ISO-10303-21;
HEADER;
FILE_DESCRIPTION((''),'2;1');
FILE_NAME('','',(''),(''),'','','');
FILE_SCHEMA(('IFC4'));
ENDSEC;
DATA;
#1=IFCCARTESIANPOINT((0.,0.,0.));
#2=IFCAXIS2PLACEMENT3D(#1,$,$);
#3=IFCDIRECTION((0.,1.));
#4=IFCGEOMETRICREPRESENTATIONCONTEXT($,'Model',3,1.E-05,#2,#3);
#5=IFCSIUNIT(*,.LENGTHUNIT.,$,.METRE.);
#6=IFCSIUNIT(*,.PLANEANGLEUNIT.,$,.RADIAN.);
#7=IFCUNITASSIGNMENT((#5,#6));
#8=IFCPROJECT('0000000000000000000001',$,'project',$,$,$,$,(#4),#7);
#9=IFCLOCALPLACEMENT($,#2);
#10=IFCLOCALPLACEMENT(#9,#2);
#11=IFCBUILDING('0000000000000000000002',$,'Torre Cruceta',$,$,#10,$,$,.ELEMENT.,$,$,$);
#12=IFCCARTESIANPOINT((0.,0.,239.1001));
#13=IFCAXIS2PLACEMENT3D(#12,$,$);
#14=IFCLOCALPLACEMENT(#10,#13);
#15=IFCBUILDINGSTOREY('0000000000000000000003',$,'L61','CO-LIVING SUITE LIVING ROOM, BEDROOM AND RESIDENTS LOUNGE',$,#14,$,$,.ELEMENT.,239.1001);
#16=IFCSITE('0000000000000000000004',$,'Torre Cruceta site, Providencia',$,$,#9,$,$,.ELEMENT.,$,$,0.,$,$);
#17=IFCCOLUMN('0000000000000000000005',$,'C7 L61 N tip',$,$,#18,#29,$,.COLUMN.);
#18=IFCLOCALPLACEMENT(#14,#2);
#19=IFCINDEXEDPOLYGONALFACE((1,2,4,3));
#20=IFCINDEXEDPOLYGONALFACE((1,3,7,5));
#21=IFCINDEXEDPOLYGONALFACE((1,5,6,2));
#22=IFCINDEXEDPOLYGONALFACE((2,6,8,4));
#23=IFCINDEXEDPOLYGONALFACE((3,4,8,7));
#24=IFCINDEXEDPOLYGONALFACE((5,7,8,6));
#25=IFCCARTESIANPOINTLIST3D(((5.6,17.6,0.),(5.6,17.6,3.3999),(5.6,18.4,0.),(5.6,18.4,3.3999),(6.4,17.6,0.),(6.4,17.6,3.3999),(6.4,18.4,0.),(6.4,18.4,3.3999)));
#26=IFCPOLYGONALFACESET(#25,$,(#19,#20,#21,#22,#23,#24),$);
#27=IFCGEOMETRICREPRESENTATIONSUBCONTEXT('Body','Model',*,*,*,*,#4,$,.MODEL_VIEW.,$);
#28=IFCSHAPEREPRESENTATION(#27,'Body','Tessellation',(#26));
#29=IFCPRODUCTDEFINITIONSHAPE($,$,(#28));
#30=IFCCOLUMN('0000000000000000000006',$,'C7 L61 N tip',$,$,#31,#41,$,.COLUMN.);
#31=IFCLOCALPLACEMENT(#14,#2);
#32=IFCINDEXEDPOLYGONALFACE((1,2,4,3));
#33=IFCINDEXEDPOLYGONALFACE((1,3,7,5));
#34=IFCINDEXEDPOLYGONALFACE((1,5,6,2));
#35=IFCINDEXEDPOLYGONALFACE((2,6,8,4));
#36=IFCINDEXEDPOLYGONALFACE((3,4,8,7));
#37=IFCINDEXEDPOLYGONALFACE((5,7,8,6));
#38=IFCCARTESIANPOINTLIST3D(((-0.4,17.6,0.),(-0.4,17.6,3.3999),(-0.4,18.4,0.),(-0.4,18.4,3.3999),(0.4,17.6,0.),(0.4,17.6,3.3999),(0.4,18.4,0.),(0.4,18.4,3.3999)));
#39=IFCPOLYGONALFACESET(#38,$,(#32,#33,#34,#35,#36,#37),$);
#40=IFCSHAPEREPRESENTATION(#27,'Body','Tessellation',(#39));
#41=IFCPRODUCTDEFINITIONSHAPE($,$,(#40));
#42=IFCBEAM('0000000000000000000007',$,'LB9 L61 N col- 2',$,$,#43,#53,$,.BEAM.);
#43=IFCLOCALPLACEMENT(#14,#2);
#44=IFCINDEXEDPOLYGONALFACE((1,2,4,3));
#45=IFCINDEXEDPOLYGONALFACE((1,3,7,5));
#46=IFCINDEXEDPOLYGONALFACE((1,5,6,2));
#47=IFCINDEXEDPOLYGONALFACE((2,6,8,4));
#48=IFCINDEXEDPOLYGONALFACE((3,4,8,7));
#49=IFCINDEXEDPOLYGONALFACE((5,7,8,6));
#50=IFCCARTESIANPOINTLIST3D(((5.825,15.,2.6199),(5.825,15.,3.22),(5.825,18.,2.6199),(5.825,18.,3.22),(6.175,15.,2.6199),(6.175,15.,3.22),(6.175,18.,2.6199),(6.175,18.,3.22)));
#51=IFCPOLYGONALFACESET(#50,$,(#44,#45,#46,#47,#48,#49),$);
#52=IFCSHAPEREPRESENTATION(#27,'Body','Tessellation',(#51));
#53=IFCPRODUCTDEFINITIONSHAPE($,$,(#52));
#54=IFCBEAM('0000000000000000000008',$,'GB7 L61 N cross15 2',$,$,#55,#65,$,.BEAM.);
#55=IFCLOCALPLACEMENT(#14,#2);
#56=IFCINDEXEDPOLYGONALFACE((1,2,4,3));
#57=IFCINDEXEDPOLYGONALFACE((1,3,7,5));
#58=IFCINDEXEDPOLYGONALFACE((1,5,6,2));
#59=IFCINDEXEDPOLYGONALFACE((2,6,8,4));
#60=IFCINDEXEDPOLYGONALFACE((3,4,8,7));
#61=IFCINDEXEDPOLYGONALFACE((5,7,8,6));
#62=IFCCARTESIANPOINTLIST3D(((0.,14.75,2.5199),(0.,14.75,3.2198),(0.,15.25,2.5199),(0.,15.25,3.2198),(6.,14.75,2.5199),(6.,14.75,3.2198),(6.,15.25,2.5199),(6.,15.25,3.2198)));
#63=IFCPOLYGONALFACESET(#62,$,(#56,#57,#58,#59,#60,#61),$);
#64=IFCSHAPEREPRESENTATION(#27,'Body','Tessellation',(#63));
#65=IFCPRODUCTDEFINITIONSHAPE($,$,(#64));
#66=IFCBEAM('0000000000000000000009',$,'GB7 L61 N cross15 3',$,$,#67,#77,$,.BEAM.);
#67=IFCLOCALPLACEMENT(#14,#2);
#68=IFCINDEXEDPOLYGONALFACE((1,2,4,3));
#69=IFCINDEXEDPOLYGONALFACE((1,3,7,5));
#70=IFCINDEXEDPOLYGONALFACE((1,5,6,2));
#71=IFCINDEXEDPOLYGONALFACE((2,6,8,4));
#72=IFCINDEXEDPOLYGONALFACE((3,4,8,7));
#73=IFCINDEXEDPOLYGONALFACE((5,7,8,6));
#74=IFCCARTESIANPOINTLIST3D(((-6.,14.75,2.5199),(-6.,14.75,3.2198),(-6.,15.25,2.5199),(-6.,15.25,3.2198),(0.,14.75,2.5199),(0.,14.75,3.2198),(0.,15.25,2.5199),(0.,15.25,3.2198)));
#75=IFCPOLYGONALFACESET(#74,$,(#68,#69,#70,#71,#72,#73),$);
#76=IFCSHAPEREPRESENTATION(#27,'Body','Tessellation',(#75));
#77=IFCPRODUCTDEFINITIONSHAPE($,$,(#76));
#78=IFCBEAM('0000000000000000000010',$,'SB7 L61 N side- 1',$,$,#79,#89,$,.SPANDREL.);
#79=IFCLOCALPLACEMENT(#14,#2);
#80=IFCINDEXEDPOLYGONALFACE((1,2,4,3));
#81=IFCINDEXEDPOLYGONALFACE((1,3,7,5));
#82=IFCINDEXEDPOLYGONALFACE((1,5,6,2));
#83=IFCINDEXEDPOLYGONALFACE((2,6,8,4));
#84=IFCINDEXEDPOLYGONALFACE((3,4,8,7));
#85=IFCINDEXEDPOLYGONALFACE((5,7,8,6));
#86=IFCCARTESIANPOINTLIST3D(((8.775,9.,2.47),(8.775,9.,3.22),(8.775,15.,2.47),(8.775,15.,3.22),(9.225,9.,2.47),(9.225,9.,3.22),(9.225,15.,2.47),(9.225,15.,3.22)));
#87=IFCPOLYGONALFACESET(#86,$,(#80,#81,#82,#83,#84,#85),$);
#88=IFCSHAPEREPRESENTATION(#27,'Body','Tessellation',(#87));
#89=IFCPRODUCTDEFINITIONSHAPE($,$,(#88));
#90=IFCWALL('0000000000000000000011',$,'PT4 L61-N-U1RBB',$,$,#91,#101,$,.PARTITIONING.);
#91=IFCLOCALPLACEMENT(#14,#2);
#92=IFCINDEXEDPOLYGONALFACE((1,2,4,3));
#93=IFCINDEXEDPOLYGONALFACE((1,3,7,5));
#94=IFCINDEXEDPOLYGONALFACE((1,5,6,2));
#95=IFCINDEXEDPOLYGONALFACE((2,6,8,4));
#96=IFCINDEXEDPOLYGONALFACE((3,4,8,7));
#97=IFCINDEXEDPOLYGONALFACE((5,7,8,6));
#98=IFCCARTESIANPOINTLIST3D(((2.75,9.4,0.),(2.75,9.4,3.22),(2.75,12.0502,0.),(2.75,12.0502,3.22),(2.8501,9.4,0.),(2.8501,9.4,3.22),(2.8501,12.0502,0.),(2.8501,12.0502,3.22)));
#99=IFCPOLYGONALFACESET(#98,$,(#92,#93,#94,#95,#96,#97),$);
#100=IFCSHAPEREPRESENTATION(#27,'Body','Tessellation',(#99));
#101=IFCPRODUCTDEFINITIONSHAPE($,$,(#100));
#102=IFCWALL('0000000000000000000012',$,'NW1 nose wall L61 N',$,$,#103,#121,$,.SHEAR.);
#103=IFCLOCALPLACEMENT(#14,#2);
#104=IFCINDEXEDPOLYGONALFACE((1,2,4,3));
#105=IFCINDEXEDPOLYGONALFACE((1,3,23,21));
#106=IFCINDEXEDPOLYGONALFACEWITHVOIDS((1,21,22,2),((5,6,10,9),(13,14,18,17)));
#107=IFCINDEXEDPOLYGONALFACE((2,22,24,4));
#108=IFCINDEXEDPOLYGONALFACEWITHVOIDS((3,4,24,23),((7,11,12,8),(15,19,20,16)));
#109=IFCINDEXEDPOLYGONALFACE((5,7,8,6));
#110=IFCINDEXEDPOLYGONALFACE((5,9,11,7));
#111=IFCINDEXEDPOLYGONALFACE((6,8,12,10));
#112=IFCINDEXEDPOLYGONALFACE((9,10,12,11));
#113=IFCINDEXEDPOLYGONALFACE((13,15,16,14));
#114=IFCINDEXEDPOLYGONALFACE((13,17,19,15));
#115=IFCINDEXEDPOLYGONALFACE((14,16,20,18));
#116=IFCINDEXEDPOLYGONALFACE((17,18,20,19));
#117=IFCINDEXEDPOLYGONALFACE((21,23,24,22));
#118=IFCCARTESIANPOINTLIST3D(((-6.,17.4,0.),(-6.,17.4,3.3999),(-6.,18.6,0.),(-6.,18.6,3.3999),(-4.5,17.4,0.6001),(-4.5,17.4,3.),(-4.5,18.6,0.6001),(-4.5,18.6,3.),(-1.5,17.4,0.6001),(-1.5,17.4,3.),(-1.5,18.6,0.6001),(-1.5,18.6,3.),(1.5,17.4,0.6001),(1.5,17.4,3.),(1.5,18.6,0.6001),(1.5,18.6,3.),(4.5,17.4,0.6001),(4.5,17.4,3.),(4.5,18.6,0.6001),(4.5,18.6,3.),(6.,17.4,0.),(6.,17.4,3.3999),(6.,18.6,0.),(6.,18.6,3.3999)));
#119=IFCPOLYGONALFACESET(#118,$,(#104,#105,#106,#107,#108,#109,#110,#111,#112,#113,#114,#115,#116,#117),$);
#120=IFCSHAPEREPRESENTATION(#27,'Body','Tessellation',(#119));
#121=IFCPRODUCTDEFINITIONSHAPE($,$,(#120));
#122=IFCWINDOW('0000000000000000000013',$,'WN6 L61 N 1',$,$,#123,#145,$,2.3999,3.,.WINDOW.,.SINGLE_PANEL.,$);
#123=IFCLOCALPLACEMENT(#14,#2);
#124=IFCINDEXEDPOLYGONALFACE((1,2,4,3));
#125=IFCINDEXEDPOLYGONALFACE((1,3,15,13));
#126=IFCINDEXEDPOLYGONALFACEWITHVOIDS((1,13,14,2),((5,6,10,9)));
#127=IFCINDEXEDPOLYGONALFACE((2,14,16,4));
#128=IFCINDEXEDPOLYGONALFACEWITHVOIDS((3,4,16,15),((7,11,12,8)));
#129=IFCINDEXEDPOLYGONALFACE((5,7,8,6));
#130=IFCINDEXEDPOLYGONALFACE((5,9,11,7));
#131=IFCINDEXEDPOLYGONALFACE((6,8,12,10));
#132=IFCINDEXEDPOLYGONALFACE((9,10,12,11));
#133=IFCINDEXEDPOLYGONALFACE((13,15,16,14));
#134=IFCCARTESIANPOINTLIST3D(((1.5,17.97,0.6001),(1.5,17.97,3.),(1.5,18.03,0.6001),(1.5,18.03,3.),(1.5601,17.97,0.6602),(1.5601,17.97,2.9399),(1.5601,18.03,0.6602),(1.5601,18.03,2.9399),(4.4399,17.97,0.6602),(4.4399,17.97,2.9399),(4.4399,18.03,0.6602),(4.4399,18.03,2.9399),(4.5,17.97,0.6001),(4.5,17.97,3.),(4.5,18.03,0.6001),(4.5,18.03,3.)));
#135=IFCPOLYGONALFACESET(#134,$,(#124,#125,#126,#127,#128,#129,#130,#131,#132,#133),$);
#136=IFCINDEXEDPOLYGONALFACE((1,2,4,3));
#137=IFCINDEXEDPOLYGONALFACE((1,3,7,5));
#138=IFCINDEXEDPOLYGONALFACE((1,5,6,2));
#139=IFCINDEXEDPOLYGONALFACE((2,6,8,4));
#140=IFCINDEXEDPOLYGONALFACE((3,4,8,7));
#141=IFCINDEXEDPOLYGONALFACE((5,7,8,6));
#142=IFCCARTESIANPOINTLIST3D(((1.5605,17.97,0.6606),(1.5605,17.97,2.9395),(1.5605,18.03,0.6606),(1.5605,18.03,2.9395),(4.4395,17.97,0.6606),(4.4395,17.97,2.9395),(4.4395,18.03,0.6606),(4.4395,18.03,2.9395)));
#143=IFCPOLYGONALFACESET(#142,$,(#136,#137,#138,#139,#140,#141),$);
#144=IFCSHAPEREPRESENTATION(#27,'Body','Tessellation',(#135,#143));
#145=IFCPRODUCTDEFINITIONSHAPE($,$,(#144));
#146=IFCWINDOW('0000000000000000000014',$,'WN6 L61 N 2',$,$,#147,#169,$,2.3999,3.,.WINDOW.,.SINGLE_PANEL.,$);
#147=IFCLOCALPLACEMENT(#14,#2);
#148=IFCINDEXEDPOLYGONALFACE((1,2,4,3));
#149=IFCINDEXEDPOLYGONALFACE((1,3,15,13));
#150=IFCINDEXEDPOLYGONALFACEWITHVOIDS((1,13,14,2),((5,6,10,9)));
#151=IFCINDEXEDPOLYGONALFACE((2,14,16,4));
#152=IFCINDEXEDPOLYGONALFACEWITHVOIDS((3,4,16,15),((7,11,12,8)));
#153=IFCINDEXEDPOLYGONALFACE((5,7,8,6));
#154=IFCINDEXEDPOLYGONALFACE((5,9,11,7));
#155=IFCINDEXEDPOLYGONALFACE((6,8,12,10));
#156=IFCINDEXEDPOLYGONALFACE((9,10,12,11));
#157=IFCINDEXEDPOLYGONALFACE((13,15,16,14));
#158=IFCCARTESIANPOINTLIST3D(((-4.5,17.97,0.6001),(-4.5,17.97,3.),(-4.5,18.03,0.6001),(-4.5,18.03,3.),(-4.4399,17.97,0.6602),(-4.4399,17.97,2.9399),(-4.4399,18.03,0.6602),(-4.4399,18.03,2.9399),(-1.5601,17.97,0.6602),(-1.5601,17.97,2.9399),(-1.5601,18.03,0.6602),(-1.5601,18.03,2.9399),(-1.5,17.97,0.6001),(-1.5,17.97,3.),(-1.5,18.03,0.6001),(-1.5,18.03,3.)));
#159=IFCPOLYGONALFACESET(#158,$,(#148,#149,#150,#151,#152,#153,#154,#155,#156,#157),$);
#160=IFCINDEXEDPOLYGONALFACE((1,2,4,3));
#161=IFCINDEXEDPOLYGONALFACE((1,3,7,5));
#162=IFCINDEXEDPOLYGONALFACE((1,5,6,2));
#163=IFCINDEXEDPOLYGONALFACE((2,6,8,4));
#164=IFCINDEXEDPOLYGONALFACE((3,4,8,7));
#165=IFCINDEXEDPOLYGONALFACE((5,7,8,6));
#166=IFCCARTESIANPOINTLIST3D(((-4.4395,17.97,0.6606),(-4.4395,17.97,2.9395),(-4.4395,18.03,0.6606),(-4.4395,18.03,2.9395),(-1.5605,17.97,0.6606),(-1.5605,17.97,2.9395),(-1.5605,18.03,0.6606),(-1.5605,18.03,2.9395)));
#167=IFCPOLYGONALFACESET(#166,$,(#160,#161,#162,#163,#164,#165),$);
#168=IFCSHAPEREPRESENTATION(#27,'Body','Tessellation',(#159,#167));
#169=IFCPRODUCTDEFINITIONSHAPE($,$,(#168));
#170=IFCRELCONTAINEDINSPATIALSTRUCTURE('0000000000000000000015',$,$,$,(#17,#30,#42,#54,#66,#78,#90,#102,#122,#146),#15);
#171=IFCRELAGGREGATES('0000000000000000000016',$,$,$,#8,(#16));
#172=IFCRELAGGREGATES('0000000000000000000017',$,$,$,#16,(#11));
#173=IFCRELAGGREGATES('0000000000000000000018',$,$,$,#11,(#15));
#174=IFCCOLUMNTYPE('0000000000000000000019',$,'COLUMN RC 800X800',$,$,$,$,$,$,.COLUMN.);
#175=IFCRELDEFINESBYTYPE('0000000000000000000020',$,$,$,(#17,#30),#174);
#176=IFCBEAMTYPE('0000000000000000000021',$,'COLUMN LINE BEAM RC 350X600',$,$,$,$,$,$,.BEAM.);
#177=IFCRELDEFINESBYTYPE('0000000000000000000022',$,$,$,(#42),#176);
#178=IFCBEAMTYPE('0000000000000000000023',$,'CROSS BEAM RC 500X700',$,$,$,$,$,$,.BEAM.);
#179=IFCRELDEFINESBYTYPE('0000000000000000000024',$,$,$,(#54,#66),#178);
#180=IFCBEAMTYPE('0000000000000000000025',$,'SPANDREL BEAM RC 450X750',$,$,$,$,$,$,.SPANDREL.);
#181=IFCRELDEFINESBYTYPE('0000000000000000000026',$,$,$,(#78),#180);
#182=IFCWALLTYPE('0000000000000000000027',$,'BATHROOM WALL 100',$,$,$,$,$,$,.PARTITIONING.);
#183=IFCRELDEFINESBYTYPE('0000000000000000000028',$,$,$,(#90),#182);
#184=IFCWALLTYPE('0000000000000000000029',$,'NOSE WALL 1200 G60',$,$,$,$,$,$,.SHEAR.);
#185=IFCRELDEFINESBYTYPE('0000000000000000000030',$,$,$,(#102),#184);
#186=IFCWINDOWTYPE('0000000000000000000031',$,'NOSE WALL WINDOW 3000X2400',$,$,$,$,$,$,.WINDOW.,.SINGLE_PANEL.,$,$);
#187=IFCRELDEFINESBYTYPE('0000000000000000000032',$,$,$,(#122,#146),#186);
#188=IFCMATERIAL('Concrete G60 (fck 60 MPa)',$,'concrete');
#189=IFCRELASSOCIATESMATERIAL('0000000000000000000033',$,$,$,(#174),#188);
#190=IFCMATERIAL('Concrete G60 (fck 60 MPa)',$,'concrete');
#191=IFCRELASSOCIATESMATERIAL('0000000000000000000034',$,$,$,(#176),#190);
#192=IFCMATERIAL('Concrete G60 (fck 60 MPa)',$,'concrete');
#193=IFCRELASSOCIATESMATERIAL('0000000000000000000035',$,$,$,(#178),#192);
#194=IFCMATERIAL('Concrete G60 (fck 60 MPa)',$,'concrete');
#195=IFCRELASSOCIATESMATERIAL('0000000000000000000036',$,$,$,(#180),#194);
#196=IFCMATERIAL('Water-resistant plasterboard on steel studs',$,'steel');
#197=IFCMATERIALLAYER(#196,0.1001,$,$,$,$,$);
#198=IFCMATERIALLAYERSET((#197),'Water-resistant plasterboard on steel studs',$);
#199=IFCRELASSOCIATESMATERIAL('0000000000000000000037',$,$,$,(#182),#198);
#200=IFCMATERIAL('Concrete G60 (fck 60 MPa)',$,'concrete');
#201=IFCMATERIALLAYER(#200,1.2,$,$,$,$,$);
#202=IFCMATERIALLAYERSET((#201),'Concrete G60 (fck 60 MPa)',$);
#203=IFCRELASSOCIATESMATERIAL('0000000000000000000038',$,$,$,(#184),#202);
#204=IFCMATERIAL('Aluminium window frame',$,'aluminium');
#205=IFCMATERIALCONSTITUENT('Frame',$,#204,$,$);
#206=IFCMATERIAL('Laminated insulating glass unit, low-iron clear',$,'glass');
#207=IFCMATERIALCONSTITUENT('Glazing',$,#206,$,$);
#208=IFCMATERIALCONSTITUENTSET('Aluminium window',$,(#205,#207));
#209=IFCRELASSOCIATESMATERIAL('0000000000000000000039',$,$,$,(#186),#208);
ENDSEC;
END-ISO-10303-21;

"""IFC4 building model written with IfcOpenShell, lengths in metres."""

from ifc_helpers import new_model, si_unit, direction, frame, frame_2d, origin, origin_2d, place, context, subcontext, project, spatial, rectangle, hollow_rectangle, extrude, material, layer, layer_set, constituent, constituent_set, material_profile, profile_set, type_object, element, fill, save


model = new_model("IFC4")

# Units and contexts
model_context = context("Model", 3, precision=1e-05, world=origin(), true_north=direction((0.0, 1.0)))
body_context = subcontext(model_context, "Body", "Model", "MODEL_VIEW")
ifc_project = project(units=[si_unit("LENGTHUNIT", "METRE"), si_unit("PLANEANGLEUNIT", "RADIAN")], contexts=[model_context])

# Site, building, storey
site_placement = place(None, origin())
site = spatial("IfcSite", under=ifc_project, at=site_placement, Name="Torre Cruceta site, Providencia", CompositionType="ELEMENT", RefElevation=0.0)
building_placement = place(site_placement, origin())
building = spatial("IfcBuilding", under=site, at=building_placement, Name="Torre Cruceta", CompositionType="ELEMENT")
storey_placement = place(building_placement, frame((0.0, 0.0, 239.1001)))
storey = spatial("IfcBuildingStorey", under=building, at=storey_placement, Name="L61", Description="CO-LIVING SUITE LIVING ROOM, BEDROOM AND RESIDENTS LOUNGE", CompositionType="ELEMENT", Elevation=239.1001)

# Columns
ifc_material_1 = material(Name="Concrete G60 (fck 60 MPa)", Category="concrete")
ifc_material_profile_1 = material_profile(ifc_material_1, rectangle(XDim=0.8, YDim=0.8, at=origin_2d()), Name="RC 800X800")
ifc_profile_set_1 = profile_set([ifc_material_profile_1], Name="Concrete G60 (fck 60 MPa)")
column_type = type_object("IfcColumnType", Name="COLUMN RC 800X800", PredefinedType="COLUMN", material=ifc_profile_set_1)
for number, where, z_axis, x_axis, name in (
    (1, (6.0, 18.0, 0.0), (0.0, 0.0, 1.0), (1.0, 0.0, 0.0), "C7 L61 N tip"),
    (2, (0.0, 18.0, 0.0), (0.0, 0.0, 1.0), (1.0, 0.0, 0.0), "C7 L61 N tip"),
):
    element("IfcColumn", number, at=place(storey_placement, frame(where, z_axis=z_axis, x_axis=x_axis)), inside=storey, type_object=column_type, Name=name, PredefinedType="COLUMN", context=body_context, shape_type="SweptSolid", body=[
        extrude(rectangle(XDim=0.8, YDim=0.8, at=origin_2d()), origin(), (0.0, 0.0, 1.0), 3.3999),
    ])

# Beams
ifc_material_2 = material(Name="Concrete G60 (fck 60 MPa)", Category="concrete")
ifc_material_profile_2 = material_profile(ifc_material_2, rectangle(XDim=0.3501, YDim=0.6001, at=origin_2d()), Name="RC 350X600")
ifc_profile_set_2 = profile_set([ifc_material_profile_2], Name="Concrete G60 (fck 60 MPa)")
beam_type_1 = type_object("IfcBeamType", Name="COLUMN LINE BEAM RC 350X600", PredefinedType="BEAM", material=ifc_profile_set_2)
beam_1_placement = place(storey_placement, frame((6.0, 15.0, 2.9199), z_axis=(0.0, 1.0, 0.0), x_axis=(-1.0, 0.0, 0.0)))
element("IfcBeam", 3, at=beam_1_placement, inside=storey, type_object=beam_type_1, Name="LB9 L61 N col- 2", PredefinedType="BEAM", context=body_context, shape_type="SweptSolid", body=[
    extrude(rectangle(XDim=0.3501, YDim=0.6001, at=origin_2d()), origin(), (0.0, 0.0, 1.0), 3.0),
])
ifc_material_3 = material(Name="Concrete G60 (fck 60 MPa)", Category="concrete")
ifc_material_profile_3 = material_profile(ifc_material_3, rectangle(XDim=0.5, YDim=0.7, at=origin_2d()), Name="RC 500X700")
ifc_profile_set_3 = profile_set([ifc_material_profile_3], Name="Concrete G60 (fck 60 MPa)")
beam_type_2 = type_object("IfcBeamType", Name="CROSS BEAM RC 500X700", PredefinedType="BEAM", material=ifc_profile_set_3)
for number, where, z_axis, x_axis, name in (
    (4, (6.0, 15.0, 2.8699), (-1.0, 0.0, 0.0), (0.0, -1.0, 0.0), "GB7 L61 N cross15 2"),
    (5, (0.0, 15.0, 2.8699), (-1.0, 0.0, 0.0), (0.0, -1.0, 0.0), "GB7 L61 N cross15 3"),
):
    element("IfcBeam", number, at=place(storey_placement, frame(where, z_axis=z_axis, x_axis=x_axis)), inside=storey, type_object=beam_type_2, Name=name, PredefinedType="BEAM", context=body_context, shape_type="SweptSolid", body=[
        extrude(rectangle(XDim=0.5, YDim=0.7, at=origin_2d()), origin(), (0.0, 0.0, 1.0), 6.0),
    ])
ifc_material_4 = material(Name="Concrete G60 (fck 60 MPa)", Category="concrete")
ifc_material_profile_4 = material_profile(ifc_material_4, rectangle(XDim=0.45, YDim=0.75, at=origin_2d()), Name="RC 450X750")
ifc_profile_set_4 = profile_set([ifc_material_profile_4], Name="Concrete G60 (fck 60 MPa)")
beam_type_3 = type_object("IfcBeamType", Name="SPANDREL BEAM RC 450X750", PredefinedType="SPANDREL", material=ifc_profile_set_4)
beam_2_placement = place(storey_placement, frame((9.0, 9.0, 2.845), z_axis=(0.0, 1.0, 0.0), x_axis=(-1.0, 0.0, 0.0)))
element("IfcBeam", 6, at=beam_2_placement, inside=storey, type_object=beam_type_3, Name="SB7 L61 N side- 1", PredefinedType="SPANDREL", context=body_context, shape_type="SweptSolid", body=[
    extrude(rectangle(XDim=0.45, YDim=0.75, at=origin_2d()), origin(), (0.0, 0.0, 1.0), 6.0),
])

# Wall
ifc_material_5 = material(Name="Water-resistant plasterboard on steel studs", Category="steel")
ifc_layer_1 = layer(ifc_material_5, 0.1001)
ifc_layer_set_1 = layer_set([ifc_layer_1], Name="Water-resistant plasterboard on steel studs")
wall_type_1 = type_object("IfcWallType", Name="BATHROOM WALL 100", PredefinedType="PARTITIONING", material=ifc_layer_set_1)
wall_1_placement = place(storey_placement, frame((2.8, 9.3999, 0.0), z_axis=(0.0, 0.0, 1.0), x_axis=(0.0, 1.0, 0.0)))
element("IfcWall", 7, at=wall_1_placement, inside=storey, type_object=wall_type_1, Name="PT4 L61-N-U1RBB", PredefinedType="PARTITIONING", context=body_context, shape_type="SweptSolid", body=[
    extrude(rectangle(XDim=2.6501, YDim=0.1001, at=frame_2d((1.3252, 0.0))), origin(), (0.0, 0.0, 1.0), 3.22),
])

# Wall, openings, windows
ifc_material_6 = material(Name="Concrete G60 (fck 60 MPa)", Category="concrete")
ifc_layer_2 = layer(ifc_material_6, 1.2)
ifc_layer_set_2 = layer_set([ifc_layer_2], Name="Concrete G60 (fck 60 MPa)")
wall_type_2 = type_object("IfcWallType", Name="NOSE WALL 1200 G60", PredefinedType="SHEAR", material=ifc_layer_set_2)
wall_2_placement = place(storey_placement, frame((6.0, 18.0, 0.0), z_axis=(0.0, 0.0, 1.0), x_axis=(-1.0, 0.0, 0.0)))
wall_2 = element("IfcWall", 8, at=wall_2_placement, inside=storey, type_object=wall_type_2, Name="NW1 nose wall L61 N", PredefinedType="SHEAR", context=body_context, shape_type="SweptSolid", body=[
    extrude(rectangle(XDim=12.0, YDim=1.2, at=frame_2d((6.0, 0.0))), origin(), (0.0, 0.0, 1.0), 3.3999),
])
opening_1_placement = place(wall_2_placement, frame((1.5, 0.0, 0.6001)))
opening_1 = element("IfcOpeningElement", 9, at=opening_1_placement, cuts=wall_2, PredefinedType="OPENING", context=body_context, shape_type="SweptSolid", body=[
    extrude(rectangle(XDim=3.0, YDim=2.3999, at=frame_2d((1.5, 1.2))), frame((0.0, 0.6099, 0.0), z_axis=(0.0, -1.0, 0.0), x_axis=(1.0, 0.0, 0.0)), (0.0, 0.0, 1.0), 1.22),
])
opening_2_placement = place(wall_2_placement, frame((7.5, 0.0, 0.6001)))
opening_2 = element("IfcOpeningElement", 10, at=opening_2_placement, cuts=wall_2, PredefinedType="OPENING", context=body_context, shape_type="SweptSolid", body=[
    extrude(rectangle(XDim=3.0, YDim=2.3999, at=frame_2d((1.5, 1.2))), frame((0.0, 0.6099, 0.0), z_axis=(0.0, -1.0, 0.0), x_axis=(1.0, 0.0, 0.0)), (0.0, 0.0, 1.0), 1.22),
])
ifc_material_7 = material(Name="Aluminium window frame", Category="aluminium")
ifc_constituent_1 = constituent(ifc_material_7, Name="Frame")
ifc_material_8 = material(Name="Laminated insulating glass unit, low-iron clear", Category="glass")
ifc_constituent_2 = constituent(ifc_material_8, Name="Glazing")
ifc_constituent_set_1 = constituent_set(constituents=[ifc_constituent_1, ifc_constituent_2], Name="Aluminium window")
window_type = type_object("IfcWindowType", Name="NOSE WALL WINDOW 3000X2400", PartitioningType="SINGLE_PANEL", PredefinedType="WINDOW", material=ifc_constituent_set_1)
window_1_placement = place(opening_1_placement, origin())
window_1 = element("IfcWindow", 11, at=window_1_placement, inside=storey, type_object=window_type, Name="WN6 L61 N 1", OverallHeight=2.3999, OverallWidth=3.0, PartitioningType="SINGLE_PANEL", PredefinedType="WINDOW", context=body_context, shape_type="SweptSolid", body=[
    extrude(hollow_rectangle(XDim=3.0, YDim=2.3999, WallThickness=0.0601, at=frame_2d((1.5, 1.2))), frame((0.0, 0.03, 0.0), z_axis=(0.0, -1.0, 0.0), x_axis=(1.0, 0.0, 0.0)), (0.0, 0.0, 1.0), 0.0601),
    extrude(rectangle(XDim=2.8789, YDim=2.2788, at=frame_2d((1.5, 1.2))), frame((0.0, 0.03, 0.0), z_axis=(0.0, -1.0, 0.0), x_axis=(1.0, 0.0, 0.0)), (0.0, 0.0, 1.0), 0.0601),
])
fill(opening_1, window_1)
window_2_placement = place(opening_2_placement, origin())
window_2 = element("IfcWindow", 12, at=window_2_placement, inside=storey, type_object=window_type, Name="WN6 L61 N 2", OverallHeight=2.3999, OverallWidth=3.0, PartitioningType="SINGLE_PANEL", PredefinedType="WINDOW", context=body_context, shape_type="SweptSolid", body=[
    extrude(hollow_rectangle(XDim=3.0, YDim=2.3999, WallThickness=0.0601, at=frame_2d((1.5, 1.2))), frame((0.0, 0.03, 0.0), z_axis=(0.0, -1.0, 0.0), x_axis=(1.0, 0.0, 0.0)), (0.0, 0.0, 1.0), 0.0601),
    extrude(rectangle(XDim=2.8789, YDim=2.2788, at=frame_2d((1.5, 1.2))), frame((0.0, 0.03, 0.0), z_axis=(0.0, -1.0, 0.0), x_axis=(1.0, 0.0, 0.0)), (0.0, 0.0, 1.0), 0.0601),
])
fill(opening_2, window_2)

save(model, "model.ifc")
